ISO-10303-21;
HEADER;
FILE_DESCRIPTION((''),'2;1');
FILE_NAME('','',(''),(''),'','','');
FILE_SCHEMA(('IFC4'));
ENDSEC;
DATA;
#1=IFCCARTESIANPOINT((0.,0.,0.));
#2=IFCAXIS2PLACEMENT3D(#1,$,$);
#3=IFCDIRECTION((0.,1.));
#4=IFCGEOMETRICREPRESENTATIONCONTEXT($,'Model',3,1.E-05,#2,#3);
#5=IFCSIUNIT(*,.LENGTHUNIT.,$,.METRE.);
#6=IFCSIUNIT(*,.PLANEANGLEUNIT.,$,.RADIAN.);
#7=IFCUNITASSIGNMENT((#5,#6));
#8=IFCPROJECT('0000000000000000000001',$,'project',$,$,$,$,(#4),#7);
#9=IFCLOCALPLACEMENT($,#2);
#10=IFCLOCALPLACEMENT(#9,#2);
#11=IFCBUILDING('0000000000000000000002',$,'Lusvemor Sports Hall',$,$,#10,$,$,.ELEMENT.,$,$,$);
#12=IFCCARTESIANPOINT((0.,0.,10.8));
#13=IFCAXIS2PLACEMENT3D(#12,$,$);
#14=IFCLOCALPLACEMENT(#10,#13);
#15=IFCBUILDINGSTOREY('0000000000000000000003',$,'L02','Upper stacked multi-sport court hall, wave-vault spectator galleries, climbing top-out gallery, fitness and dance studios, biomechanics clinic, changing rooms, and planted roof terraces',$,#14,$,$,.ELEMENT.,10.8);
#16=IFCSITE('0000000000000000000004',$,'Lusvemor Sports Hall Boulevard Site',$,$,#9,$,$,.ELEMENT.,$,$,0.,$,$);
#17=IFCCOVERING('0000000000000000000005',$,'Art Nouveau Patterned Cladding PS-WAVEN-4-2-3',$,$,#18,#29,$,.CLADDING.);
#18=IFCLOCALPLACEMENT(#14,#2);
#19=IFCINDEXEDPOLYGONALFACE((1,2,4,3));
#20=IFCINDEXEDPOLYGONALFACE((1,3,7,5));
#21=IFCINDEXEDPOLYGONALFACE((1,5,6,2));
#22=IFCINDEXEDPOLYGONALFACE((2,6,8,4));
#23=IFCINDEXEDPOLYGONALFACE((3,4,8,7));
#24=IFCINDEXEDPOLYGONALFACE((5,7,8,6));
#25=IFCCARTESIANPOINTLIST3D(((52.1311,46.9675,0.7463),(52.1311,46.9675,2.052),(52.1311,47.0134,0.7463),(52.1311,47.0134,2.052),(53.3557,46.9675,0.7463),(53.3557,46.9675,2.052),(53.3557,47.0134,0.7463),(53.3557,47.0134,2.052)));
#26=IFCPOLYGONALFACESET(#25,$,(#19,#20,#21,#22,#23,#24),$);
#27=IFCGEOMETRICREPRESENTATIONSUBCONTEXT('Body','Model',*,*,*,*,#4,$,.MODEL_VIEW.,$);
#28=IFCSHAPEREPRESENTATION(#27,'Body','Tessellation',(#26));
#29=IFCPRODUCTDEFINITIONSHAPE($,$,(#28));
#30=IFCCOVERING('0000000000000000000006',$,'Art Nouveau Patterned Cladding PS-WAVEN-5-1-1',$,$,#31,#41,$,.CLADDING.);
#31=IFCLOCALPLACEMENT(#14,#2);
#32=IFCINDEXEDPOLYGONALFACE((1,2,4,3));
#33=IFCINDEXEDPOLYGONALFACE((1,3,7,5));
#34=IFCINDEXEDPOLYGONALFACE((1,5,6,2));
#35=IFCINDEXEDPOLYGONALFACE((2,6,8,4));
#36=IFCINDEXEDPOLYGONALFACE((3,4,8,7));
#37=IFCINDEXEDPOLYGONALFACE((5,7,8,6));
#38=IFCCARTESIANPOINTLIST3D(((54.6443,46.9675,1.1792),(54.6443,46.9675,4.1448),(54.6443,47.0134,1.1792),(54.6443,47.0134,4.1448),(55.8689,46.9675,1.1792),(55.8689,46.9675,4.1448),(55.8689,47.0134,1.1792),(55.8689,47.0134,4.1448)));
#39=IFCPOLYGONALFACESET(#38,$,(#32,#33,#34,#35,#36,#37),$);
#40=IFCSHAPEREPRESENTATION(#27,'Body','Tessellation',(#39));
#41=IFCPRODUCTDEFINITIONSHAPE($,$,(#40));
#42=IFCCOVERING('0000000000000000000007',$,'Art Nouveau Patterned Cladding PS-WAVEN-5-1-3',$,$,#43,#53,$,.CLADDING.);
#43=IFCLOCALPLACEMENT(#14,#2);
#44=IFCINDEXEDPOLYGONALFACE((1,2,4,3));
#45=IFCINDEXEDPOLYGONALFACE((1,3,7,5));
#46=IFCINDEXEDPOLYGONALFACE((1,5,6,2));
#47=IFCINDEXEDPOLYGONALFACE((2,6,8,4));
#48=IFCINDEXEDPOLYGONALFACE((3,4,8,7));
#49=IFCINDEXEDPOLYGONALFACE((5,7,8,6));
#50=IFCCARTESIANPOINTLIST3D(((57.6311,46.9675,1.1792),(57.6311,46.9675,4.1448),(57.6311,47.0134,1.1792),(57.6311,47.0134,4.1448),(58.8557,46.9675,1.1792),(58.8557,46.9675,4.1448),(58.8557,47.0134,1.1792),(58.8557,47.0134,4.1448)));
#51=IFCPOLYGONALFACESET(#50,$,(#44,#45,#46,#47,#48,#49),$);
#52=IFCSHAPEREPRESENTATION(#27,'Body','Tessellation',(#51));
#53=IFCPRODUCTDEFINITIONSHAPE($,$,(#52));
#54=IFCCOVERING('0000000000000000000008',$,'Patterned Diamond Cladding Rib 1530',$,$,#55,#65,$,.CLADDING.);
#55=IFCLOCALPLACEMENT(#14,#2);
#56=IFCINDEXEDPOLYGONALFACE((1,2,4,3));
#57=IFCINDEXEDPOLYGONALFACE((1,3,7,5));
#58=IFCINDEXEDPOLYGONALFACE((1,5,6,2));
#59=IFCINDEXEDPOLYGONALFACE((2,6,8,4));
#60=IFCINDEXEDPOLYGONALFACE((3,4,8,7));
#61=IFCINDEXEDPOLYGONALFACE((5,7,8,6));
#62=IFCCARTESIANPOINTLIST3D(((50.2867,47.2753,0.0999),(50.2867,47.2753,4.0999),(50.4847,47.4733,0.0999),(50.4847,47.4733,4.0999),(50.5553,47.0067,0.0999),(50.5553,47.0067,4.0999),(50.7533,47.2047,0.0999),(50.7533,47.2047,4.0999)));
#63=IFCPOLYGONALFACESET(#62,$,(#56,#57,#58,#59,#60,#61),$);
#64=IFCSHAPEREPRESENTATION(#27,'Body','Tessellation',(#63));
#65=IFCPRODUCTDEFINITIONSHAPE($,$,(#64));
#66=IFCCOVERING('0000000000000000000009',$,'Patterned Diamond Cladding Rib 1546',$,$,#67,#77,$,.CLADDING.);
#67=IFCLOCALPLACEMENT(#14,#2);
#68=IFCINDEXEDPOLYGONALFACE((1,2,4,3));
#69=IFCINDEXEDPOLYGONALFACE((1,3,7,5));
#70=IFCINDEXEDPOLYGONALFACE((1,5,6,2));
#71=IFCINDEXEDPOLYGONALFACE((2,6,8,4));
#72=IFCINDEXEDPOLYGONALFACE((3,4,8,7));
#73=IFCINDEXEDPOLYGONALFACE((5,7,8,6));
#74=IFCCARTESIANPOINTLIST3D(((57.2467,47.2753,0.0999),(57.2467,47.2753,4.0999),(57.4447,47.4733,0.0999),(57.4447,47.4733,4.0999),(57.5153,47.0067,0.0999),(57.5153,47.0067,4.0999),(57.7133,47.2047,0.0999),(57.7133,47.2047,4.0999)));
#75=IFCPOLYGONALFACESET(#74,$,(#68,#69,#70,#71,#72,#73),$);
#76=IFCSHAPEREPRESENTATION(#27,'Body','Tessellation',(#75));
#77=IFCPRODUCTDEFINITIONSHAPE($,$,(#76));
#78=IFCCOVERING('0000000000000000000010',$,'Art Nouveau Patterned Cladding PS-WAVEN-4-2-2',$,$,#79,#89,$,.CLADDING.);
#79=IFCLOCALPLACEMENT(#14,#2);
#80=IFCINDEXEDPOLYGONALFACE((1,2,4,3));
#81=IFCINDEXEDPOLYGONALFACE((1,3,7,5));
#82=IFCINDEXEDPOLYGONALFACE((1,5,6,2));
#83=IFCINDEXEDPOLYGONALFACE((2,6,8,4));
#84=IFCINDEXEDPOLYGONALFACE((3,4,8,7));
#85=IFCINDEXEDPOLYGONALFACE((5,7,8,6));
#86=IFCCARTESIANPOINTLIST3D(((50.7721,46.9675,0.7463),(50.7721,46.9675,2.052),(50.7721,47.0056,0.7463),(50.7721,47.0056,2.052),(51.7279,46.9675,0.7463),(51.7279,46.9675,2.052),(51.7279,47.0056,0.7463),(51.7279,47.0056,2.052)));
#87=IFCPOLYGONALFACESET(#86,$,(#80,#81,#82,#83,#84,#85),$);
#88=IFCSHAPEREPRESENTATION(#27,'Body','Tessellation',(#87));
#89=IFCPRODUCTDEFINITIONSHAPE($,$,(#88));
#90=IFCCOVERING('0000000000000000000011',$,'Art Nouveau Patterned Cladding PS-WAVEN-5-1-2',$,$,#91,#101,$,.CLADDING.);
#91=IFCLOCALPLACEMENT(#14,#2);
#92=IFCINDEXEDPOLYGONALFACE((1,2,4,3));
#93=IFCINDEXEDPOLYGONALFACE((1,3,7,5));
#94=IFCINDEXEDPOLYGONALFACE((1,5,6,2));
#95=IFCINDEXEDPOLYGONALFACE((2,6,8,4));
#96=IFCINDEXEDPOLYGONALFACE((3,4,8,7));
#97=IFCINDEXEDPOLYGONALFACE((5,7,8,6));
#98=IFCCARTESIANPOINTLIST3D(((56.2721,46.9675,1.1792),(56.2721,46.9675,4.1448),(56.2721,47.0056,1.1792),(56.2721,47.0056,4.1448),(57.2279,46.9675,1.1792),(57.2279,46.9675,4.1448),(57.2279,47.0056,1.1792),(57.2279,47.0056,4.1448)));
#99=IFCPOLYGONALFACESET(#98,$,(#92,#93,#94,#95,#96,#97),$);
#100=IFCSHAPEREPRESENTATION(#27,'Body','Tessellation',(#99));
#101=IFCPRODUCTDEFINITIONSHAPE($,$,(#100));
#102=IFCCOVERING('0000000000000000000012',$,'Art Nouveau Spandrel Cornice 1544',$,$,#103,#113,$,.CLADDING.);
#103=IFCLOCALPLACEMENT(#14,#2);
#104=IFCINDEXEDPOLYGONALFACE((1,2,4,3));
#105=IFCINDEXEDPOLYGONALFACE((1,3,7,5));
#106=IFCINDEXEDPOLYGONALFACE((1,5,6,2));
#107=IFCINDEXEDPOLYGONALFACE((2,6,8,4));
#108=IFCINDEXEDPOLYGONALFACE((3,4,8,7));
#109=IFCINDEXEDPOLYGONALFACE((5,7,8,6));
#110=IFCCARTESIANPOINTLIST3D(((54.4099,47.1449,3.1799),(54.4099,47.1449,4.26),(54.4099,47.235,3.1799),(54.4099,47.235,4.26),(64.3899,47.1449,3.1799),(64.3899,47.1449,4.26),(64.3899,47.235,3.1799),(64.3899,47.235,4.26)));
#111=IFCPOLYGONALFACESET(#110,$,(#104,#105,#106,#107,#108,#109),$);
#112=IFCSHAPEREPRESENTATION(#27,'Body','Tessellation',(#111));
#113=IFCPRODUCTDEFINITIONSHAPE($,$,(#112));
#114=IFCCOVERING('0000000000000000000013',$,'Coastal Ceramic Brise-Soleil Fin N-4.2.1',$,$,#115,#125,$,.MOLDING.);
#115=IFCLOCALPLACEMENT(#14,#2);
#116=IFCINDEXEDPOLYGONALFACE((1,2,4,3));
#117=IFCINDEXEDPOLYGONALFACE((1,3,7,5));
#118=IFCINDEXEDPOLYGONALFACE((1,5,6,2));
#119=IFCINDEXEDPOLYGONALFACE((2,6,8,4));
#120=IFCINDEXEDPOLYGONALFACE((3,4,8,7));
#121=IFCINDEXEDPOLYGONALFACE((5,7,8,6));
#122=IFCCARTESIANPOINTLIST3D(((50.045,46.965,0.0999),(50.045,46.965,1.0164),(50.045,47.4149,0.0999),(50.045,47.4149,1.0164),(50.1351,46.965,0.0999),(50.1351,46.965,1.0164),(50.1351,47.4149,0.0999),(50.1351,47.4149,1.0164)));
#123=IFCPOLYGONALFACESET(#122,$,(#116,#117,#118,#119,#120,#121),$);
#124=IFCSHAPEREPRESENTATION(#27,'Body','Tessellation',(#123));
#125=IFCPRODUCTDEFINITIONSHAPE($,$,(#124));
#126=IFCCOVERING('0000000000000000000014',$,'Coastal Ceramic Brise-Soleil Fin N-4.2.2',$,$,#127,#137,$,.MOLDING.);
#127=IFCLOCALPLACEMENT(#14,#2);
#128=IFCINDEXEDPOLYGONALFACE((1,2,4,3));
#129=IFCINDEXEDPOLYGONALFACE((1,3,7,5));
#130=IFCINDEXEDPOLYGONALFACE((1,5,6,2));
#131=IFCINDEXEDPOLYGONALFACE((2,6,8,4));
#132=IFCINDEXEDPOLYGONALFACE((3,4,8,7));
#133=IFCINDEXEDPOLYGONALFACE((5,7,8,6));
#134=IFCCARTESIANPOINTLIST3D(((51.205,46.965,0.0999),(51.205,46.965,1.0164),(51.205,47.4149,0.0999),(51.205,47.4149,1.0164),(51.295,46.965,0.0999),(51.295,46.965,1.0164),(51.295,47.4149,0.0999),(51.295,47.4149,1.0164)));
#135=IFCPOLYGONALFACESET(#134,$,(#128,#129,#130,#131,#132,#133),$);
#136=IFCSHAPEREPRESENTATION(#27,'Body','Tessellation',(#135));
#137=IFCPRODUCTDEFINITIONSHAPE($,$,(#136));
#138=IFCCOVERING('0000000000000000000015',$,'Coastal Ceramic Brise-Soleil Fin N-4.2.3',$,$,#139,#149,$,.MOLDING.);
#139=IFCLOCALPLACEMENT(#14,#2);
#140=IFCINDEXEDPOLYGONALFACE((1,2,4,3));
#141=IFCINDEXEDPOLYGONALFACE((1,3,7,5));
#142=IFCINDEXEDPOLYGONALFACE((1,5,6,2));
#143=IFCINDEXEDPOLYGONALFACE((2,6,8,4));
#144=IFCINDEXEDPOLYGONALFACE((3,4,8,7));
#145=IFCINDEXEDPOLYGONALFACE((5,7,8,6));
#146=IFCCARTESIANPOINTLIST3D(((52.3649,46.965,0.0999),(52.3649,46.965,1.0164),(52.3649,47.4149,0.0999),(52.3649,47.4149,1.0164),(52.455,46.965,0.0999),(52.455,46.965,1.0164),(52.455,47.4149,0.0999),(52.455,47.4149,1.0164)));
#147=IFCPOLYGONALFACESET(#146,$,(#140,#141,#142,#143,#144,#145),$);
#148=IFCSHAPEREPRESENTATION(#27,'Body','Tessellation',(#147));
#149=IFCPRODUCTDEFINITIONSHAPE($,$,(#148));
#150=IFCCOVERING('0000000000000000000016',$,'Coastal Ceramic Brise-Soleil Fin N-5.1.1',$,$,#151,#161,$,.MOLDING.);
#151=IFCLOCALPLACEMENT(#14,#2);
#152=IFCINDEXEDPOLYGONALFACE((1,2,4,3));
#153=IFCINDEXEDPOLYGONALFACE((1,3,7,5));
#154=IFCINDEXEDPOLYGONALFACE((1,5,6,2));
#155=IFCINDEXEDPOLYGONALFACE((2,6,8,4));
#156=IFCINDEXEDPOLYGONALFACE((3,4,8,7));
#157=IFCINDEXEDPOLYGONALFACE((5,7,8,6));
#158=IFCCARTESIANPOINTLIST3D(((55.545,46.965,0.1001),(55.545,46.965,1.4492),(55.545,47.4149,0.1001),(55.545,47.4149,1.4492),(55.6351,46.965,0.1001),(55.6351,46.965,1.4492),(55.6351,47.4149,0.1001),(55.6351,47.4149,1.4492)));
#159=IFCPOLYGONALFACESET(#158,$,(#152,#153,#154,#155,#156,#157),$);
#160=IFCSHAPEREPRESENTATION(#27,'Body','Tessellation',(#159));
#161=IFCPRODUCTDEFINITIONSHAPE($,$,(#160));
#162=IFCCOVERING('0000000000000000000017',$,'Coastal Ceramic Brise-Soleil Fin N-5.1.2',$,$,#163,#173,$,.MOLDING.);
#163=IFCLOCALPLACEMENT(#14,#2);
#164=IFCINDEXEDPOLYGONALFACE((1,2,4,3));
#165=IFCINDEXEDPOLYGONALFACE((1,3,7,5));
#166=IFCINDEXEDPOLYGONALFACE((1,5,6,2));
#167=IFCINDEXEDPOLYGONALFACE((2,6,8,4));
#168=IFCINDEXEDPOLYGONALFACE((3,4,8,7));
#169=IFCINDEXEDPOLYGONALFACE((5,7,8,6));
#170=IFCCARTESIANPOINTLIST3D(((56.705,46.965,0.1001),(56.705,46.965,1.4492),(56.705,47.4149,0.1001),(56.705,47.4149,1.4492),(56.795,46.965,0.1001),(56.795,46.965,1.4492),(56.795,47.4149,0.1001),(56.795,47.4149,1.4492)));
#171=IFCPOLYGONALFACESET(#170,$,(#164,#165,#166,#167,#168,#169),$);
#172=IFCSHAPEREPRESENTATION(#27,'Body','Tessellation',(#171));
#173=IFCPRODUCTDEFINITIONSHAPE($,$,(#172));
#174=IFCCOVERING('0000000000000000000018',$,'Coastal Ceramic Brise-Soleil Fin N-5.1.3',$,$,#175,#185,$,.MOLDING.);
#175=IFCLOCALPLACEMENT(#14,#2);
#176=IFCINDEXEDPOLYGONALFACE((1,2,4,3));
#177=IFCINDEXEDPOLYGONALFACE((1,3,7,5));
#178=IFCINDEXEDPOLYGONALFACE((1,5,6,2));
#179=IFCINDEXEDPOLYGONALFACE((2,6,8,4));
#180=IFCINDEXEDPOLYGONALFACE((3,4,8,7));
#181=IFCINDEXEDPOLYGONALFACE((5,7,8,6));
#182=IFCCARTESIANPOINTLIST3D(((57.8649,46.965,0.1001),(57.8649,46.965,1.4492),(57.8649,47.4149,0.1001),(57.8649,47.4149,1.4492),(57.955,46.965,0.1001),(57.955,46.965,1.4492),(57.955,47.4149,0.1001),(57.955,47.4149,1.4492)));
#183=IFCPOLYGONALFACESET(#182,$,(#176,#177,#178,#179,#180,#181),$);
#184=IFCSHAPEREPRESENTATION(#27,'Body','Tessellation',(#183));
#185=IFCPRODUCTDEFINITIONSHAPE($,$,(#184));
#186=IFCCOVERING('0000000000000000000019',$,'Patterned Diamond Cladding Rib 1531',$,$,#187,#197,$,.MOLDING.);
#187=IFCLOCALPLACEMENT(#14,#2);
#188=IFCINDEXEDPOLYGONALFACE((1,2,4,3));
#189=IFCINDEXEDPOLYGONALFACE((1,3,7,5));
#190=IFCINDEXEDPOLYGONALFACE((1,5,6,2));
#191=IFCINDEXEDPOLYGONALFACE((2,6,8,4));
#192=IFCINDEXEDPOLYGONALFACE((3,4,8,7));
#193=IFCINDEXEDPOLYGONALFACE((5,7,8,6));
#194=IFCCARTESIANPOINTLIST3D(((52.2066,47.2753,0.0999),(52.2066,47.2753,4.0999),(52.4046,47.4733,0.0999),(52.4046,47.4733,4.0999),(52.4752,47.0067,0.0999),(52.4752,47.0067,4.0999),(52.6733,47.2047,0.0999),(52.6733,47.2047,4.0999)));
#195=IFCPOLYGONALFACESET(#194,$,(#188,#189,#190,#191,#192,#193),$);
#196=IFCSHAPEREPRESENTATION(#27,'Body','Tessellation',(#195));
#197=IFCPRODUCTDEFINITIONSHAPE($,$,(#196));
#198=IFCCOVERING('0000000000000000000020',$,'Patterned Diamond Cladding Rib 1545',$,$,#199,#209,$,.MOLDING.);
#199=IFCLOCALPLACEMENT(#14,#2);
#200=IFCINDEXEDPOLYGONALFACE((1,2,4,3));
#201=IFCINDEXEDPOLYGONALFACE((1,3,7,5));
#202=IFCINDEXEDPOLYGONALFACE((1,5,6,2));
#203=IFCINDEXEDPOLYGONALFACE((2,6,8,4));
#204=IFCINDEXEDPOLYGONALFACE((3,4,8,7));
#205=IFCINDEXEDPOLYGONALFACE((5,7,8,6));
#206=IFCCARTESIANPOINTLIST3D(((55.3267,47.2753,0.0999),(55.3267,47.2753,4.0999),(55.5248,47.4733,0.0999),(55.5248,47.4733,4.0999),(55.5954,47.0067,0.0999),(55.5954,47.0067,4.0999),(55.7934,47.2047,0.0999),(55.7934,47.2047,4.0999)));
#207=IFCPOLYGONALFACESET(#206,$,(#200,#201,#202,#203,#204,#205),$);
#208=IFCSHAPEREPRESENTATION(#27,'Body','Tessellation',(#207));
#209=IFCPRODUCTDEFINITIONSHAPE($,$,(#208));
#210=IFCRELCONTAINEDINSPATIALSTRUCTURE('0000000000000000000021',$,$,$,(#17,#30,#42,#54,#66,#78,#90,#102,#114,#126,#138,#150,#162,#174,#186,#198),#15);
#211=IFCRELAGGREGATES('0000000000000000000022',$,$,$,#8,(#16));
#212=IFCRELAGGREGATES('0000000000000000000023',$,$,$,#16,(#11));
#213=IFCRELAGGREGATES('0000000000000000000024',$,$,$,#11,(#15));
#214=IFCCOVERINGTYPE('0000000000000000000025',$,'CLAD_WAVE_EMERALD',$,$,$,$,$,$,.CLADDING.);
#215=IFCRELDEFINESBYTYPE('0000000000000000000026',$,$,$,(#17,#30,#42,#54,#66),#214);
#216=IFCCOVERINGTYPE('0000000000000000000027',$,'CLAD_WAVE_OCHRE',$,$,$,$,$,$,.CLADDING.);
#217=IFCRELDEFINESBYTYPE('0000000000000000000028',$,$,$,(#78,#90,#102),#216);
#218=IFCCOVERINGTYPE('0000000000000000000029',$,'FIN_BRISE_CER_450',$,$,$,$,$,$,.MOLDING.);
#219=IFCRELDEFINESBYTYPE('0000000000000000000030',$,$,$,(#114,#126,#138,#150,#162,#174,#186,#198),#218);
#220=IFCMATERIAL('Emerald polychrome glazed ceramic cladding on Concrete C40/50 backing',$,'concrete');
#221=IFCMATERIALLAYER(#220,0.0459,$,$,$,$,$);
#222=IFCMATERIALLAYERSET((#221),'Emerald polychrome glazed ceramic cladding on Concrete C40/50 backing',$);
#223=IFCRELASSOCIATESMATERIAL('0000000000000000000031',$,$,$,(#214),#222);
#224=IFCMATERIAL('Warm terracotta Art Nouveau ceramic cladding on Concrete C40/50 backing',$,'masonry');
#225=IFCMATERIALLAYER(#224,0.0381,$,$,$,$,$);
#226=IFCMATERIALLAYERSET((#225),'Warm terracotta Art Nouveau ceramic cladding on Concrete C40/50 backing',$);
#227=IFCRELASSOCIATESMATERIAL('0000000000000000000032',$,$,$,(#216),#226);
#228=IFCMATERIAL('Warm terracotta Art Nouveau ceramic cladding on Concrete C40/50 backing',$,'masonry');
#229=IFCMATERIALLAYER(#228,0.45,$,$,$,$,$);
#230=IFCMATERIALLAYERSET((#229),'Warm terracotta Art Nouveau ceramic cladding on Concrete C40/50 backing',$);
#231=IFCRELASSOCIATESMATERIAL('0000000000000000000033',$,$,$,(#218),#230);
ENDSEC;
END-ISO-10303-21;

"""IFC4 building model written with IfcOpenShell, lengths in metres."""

from ifc_helpers import new_model, si_unit, direction, frame, origin, origin_2d, place, context, subcontext, project, spatial, rectangle, extrude, material, layer, layer_set, type_object, element, save


model = new_model("IFC4")

# Units and contexts
model_context = context("Model", 3, precision=1e-05, world=origin(), true_north=direction((0.0, 1.0)))
body_context = subcontext(model_context, "Body", "Model", "MODEL_VIEW")
ifc_project = project(units=[si_unit("LENGTHUNIT", "METRE"), si_unit("PLANEANGLEUNIT", "RADIAN")], contexts=[model_context])

# Site, building, storey
site_placement = place(None, origin())
site = spatial("IfcSite", under=ifc_project, at=site_placement, Name="Lusvemor Sports Hall Boulevard Site", CompositionType="ELEMENT", RefElevation=0.0)
building_placement = place(site_placement, origin())
building = spatial("IfcBuilding", under=site, at=building_placement, Name="Lusvemor Sports Hall", CompositionType="ELEMENT")
storey_placement = place(building_placement, frame((0.0, 0.0, 10.8)))
storey = spatial("IfcBuildingStorey", under=building, at=storey_placement, Name="L02", Description="Upper stacked multi-sport court hall, wave-vault spectator galleries, climbing top-out gallery, fitness and dance studios, biomechanics clinic, changing rooms, and planted roof terraces", CompositionType="ELEMENT", Elevation=10.8)

# Coverings
ifc_material_1 = material(Name="Emerald polychrome glazed ceramic cladding on Concrete C40/50 backing", Category="concrete")
ifc_layer_1 = layer(ifc_material_1, 0.0459)
ifc_layer_set_1 = layer_set([ifc_layer_1], Name="Emerald polychrome glazed ceramic cladding on Concrete C40/50 backing")
covering_type_1 = type_object("IfcCoveringType", Name="CLAD_WAVE_EMERALD", PredefinedType="CLADDING", material=ifc_layer_set_1)
for number, where, z_axis, x_axis, name in (
    (1, (52.7434, 46.9905, 0.7463), (0.0, 0.0, 1.0), (1.0, 0.0, 0.0), "Art Nouveau Patterned Cladding PS-WAVEN-4-2-3"),
):
    element("IfcCovering", number, at=place(storey_placement, frame(where, z_axis=z_axis, x_axis=x_axis)), inside=storey, type_object=covering_type_1, Name=name, PredefinedType="CLADDING", context=body_context, shape_type="SweptSolid", body=[
        extrude(rectangle(XDim=1.2246, YDim=0.0459, at=origin_2d()), origin(), (0.0, 0.0, 1.0), 1.3057),
    ])
for number, where, z_axis, x_axis, name in (
    (2, (55.2566, 46.9905, 1.1792), (0.0, 0.0, 1.0), (1.0, 0.0, 0.0), "Art Nouveau Patterned Cladding PS-WAVEN-5-1-1"),
    (3, (58.2434, 46.9905, 1.1792), (0.0, 0.0, 1.0), (1.0, 0.0, 0.0), "Art Nouveau Patterned Cladding PS-WAVEN-5-1-3"),
):
    element("IfcCovering", number, at=place(storey_placement, frame(where, z_axis=z_axis, x_axis=x_axis)), inside=storey, type_object=covering_type_1, Name=name, PredefinedType="CLADDING", context=body_context, shape_type="SweptSolid", body=[
        extrude(rectangle(XDim=1.2246, YDim=0.0459, at=origin_2d()), origin(), (0.0, 0.0, 1.0), 2.9656),
    ])
for number, where, z_axis, x_axis, name in (
    (4, (50.52, 47.24, 0.0999), (0.0, 0.0, 1.0), (0.707107, 0.707107, 0.0), "Patterned Diamond Cladding Rib 1530"),
    (5, (57.48, 47.24, 0.0999), (0.0, 0.0, 1.0), (0.707107, 0.707107, 0.0), "Patterned Diamond Cladding Rib 1546"),
):
    element("IfcCovering", number, at=place(storey_placement, frame(where, z_axis=z_axis, x_axis=x_axis)), inside=storey, type_object=covering_type_1, Name=name, PredefinedType="CLADDING", context=body_context, shape_type="SweptSolid", body=[
        extrude(rectangle(XDim=0.28, YDim=0.3799, at=origin_2d()), origin(), (0.0, 0.0, 1.0), 4.0),
    ])
ifc_material_2 = material(Name="Warm terracotta Art Nouveau ceramic cladding on Concrete C40/50 backing", Category="masonry")
ifc_layer_2 = layer(ifc_material_2, 0.0381)
ifc_layer_set_2 = layer_set([ifc_layer_2], Name="Warm terracotta Art Nouveau ceramic cladding on Concrete C40/50 backing")
covering_type_2 = type_object("IfcCoveringType", Name="CLAD_WAVE_OCHRE", PredefinedType="CLADDING", material=ifc_layer_set_2)
covering_1_placement = place(storey_placement, frame((51.25, 46.9866, 0.7463), z_axis=(0.0, 0.0, 1.0), x_axis=(1.0, 0.0, 0.0)))
element("IfcCovering", 6, at=covering_1_placement, inside=storey, type_object=covering_type_2, Name="Art Nouveau Patterned Cladding PS-WAVEN-4-2-2", PredefinedType="CLADDING", context=body_context, shape_type="SweptSolid", body=[
    extrude(rectangle(XDim=0.9558, YDim=0.0381, at=origin_2d()), origin(), (0.0, 0.0, 1.0), 1.3057),
])
covering_2_placement = place(storey_placement, frame((56.75, 46.9866, 1.1792), z_axis=(0.0, 0.0, 1.0), x_axis=(1.0, 0.0, 0.0)))
element("IfcCovering", 7, at=covering_2_placement, inside=storey, type_object=covering_type_2, Name="Art Nouveau Patterned Cladding PS-WAVEN-5-1-2", PredefinedType="CLADDING", context=body_context, shape_type="SweptSolid", body=[
    extrude(rectangle(XDim=0.9558, YDim=0.0381, at=origin_2d()), origin(), (0.0, 0.0, 1.0), 2.9656),
])
covering_3_placement = place(storey_placement, frame((59.3999, 47.1899, 3.1799), z_axis=(0.0, 0.0, 1.0), x_axis=(1.0, 0.0, 0.0)))
element("IfcCovering", 8, at=covering_3_placement, inside=storey, type_object=covering_type_2, Name="Art Nouveau Spandrel Cornice 1544", PredefinedType="CLADDING", context=body_context, shape_type="SweptSolid", body=[
    extrude(rectangle(XDim=9.98, YDim=0.0901, at=origin_2d()), origin(), (0.0, 0.0, 1.0), 1.0801),
])
ifc_material_3 = material(Name="Warm terracotta Art Nouveau ceramic cladding on Concrete C40/50 backing", Category="masonry")
ifc_layer_3 = layer(ifc_material_3, 0.45)
ifc_layer_set_3 = layer_set([ifc_layer_3], Name="Warm terracotta Art Nouveau ceramic cladding on Concrete C40/50 backing")
covering_type_3 = type_object("IfcCoveringType", Name="FIN_BRISE_CER_450", PredefinedType="MOLDING", material=ifc_layer_set_3)
for number, where, z_axis, x_axis, name in (
    (9, (50.0901, 47.1899, 0.0999), (0.0, 0.0, 1.0), (1.0, 0.0, 0.0), "Coastal Ceramic Brise-Soleil Fin N-4.2.1"),
    (10, (51.25, 47.1899, 0.0999), (0.0, 0.0, 1.0), (1.0, 0.0, 0.0), "Coastal Ceramic Brise-Soleil Fin N-4.2.2"),
    (11, (52.4099, 47.1899, 0.0999), (0.0, 0.0, 1.0), (1.0, 0.0, 0.0), "Coastal Ceramic Brise-Soleil Fin N-4.2.3"),
):
    element("IfcCovering", number, at=place(storey_placement, frame(where, z_axis=z_axis, x_axis=x_axis)), inside=storey, type_object=covering_type_3, Name=name, PredefinedType="MOLDING", context=body_context, shape_type="SweptSolid", body=[
        extrude(rectangle(XDim=0.0901, YDim=0.45, at=origin_2d()), origin(), (0.0, 0.0, 1.0), 0.9165),
    ])
for number, where, z_axis, x_axis, name in (
    (12, (55.5901, 47.1899, 0.1001), (0.0, 0.0, 1.0), (1.0, 0.0, 0.0), "Coastal Ceramic Brise-Soleil Fin N-5.1.1"),
    (13, (56.75, 47.1899, 0.1001), (0.0, 0.0, 1.0), (1.0, 0.0, 0.0), "Coastal Ceramic Brise-Soleil Fin N-5.1.2"),
    (14, (57.9099, 47.1899, 0.1001), (0.0, 0.0, 1.0), (1.0, 0.0, 0.0), "Coastal Ceramic Brise-Soleil Fin N-5.1.3"),
):
    element("IfcCovering", number, at=place(storey_placement, frame(where, z_axis=z_axis, x_axis=x_axis)), inside=storey, type_object=covering_type_3, Name=name, PredefinedType="MOLDING", context=body_context, shape_type="SweptSolid", body=[
        extrude(rectangle(XDim=0.0901, YDim=0.45, at=origin_2d()), origin(), (0.0, 0.0, 1.0), 1.3491),
    ])
for number, where, z_axis, x_axis, name in (
    (15, (52.4399, 47.24, 0.0999), (0.0, 0.0, 1.0), (0.707107, 0.707107, 0.0), "Patterned Diamond Cladding Rib 1531"),
    (16, (55.5601, 47.24, 0.0999), (0.0, 0.0, 1.0), (0.707107, 0.707107, 0.0), "Patterned Diamond Cladding Rib 1545"),
):
    element("IfcCovering", number, at=place(storey_placement, frame(where, z_axis=z_axis, x_axis=x_axis)), inside=storey, type_object=covering_type_3, Name=name, PredefinedType="MOLDING", context=body_context, shape_type="SweptSolid", body=[
        extrude(rectangle(XDim=0.28, YDim=0.3799, at=origin_2d()), origin(), (0.0, 0.0, 1.0), 4.0),
    ])

save(model, "model.ifc")
